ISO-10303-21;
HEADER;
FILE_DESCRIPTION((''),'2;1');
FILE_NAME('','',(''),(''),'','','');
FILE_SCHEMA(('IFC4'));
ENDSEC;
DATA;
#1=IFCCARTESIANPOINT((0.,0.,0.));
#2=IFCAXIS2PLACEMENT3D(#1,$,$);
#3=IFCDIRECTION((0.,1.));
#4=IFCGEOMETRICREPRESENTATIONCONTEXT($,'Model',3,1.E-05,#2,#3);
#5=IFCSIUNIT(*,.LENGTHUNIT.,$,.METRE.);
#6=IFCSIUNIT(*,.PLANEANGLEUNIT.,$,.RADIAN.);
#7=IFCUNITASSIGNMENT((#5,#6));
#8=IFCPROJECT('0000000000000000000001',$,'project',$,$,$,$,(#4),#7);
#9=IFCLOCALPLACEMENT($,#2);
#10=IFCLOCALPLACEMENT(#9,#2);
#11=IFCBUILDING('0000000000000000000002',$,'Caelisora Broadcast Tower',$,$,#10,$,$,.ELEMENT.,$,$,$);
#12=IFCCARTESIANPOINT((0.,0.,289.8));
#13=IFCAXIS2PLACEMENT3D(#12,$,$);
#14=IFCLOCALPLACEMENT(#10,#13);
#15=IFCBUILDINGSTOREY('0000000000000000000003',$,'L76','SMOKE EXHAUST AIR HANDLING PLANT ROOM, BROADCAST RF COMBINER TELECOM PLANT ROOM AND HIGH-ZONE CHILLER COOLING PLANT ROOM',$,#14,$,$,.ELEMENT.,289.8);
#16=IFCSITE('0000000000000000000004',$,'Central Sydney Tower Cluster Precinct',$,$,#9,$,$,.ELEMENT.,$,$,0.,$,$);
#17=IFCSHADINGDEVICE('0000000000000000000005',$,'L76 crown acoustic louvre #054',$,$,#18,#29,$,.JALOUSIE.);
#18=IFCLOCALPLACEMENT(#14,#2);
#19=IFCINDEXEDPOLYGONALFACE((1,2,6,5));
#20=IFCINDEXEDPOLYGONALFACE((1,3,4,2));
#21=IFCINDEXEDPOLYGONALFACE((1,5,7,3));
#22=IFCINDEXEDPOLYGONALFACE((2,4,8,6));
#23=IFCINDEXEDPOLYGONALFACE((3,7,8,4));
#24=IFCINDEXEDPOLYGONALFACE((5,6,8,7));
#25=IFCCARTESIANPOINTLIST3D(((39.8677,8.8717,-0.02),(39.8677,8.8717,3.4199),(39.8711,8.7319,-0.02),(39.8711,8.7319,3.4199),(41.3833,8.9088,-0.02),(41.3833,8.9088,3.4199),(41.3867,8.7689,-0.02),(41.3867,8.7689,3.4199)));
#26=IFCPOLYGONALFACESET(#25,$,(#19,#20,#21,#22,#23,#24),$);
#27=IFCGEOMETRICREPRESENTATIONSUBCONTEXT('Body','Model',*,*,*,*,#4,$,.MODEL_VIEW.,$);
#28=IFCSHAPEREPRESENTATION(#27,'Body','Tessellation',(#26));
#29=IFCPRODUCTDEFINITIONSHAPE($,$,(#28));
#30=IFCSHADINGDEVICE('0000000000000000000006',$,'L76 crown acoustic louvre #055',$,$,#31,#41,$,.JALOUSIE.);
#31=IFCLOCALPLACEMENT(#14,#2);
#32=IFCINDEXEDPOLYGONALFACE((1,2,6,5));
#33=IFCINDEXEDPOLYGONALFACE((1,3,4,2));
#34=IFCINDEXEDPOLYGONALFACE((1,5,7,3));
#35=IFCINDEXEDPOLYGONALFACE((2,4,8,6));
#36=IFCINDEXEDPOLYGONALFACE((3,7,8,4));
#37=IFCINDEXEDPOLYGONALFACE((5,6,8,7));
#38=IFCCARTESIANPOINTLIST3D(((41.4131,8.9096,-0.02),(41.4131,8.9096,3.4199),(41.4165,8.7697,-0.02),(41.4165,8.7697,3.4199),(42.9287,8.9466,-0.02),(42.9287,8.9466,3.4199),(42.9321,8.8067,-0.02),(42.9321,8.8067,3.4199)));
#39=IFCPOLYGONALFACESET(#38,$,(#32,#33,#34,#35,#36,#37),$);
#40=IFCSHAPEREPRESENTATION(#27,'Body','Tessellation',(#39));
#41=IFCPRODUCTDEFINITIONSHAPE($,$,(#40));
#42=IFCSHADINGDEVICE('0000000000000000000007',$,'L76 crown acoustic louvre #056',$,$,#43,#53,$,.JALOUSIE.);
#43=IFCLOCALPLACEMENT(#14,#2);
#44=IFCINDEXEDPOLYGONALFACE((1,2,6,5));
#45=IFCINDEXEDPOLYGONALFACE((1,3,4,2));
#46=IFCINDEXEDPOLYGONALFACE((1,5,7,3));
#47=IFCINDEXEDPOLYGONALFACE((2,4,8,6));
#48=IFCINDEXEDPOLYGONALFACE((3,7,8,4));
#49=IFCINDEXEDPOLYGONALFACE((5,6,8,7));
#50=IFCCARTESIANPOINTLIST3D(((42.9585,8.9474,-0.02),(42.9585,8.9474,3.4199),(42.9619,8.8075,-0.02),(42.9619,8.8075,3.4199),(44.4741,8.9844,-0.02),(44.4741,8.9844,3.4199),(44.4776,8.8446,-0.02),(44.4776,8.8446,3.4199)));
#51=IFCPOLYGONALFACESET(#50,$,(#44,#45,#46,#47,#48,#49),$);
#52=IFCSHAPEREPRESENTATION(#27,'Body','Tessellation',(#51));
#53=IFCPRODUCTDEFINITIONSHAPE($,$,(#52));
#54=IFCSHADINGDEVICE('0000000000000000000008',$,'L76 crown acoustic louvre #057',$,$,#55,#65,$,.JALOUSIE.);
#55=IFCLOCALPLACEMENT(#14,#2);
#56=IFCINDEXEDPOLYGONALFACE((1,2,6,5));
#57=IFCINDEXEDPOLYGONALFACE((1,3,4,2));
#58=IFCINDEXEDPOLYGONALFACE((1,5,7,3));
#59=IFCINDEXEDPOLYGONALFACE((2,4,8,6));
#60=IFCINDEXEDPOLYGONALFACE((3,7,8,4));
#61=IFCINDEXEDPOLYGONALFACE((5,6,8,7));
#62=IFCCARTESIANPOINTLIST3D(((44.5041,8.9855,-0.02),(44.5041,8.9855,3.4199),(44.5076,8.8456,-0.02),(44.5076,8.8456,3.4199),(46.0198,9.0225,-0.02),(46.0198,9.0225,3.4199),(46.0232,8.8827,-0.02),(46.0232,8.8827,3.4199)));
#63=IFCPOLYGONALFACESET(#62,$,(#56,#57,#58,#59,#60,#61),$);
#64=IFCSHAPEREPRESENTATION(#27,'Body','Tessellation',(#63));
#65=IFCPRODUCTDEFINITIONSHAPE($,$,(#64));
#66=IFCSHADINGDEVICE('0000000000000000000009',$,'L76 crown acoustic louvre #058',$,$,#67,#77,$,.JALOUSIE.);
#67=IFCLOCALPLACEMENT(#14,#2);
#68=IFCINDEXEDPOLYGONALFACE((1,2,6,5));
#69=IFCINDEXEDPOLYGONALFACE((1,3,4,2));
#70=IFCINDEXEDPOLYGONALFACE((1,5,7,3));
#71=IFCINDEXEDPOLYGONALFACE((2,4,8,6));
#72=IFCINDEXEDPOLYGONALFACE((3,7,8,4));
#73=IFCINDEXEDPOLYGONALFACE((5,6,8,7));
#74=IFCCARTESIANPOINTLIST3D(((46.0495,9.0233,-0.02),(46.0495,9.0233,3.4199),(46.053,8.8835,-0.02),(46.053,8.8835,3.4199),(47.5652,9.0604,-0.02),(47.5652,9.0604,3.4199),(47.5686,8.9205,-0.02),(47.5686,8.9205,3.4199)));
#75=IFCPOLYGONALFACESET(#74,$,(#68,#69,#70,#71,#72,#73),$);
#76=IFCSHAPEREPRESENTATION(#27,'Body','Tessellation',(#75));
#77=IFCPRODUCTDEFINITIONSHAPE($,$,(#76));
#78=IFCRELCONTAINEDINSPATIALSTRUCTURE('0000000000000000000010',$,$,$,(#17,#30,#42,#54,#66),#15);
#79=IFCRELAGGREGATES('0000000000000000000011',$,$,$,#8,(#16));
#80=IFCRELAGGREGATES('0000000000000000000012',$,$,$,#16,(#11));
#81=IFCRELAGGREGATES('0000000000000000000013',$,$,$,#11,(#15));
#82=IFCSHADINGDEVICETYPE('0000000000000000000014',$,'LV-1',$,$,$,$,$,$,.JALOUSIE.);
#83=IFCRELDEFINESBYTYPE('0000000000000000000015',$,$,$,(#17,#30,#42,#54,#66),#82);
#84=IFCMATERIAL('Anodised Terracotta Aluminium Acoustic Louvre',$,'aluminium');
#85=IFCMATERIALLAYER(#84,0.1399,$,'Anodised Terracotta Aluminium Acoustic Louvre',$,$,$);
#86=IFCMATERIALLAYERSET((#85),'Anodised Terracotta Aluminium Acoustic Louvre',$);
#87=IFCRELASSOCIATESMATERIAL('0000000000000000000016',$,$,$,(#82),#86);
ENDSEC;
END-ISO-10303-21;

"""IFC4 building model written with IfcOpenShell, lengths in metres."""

from ifc_helpers import new_model, si_unit, direction, frame, origin, origin_2d, place, context, subcontext, project, spatial, rectangle, extrude, source, transform, mapped, material, layer, layer_set, type_object, type_shapes, element, save


model = new_model("IFC4")

# Units and contexts
model_context = context("Model", 3, precision=1e-05, world=origin(), true_north=direction((0.0, 1.0)))
body_context = subcontext(model_context, "Body", "Model", "MODEL_VIEW")
ifc_project = project(units=[si_unit("LENGTHUNIT", "METRE"), si_unit("PLANEANGLEUNIT", "RADIAN")], contexts=[model_context])

# Site, building, storey
site_placement = place(None, origin())
site = spatial("IfcSite", under=ifc_project, at=site_placement, Name="Central Sydney Tower Cluster Precinct", CompositionType="ELEMENT", RefElevation=0.0)
building_placement = place(site_placement, origin())
building = spatial("IfcBuilding", under=site, at=building_placement, Name="Caelisora Broadcast Tower", CompositionType="ELEMENT")
storey_placement = place(building_placement, frame((0.0, 0.0, 289.8)))
storey = spatial("IfcBuildingStorey", under=building, at=storey_placement, Name="L76", Description="SMOKE EXHAUST AIR HANDLING PLANT ROOM, BROADCAST RF COMBINER TELECOM PLANT ROOM AND HIGH-ZONE CHILLER COOLING PLANT ROOM", CompositionType="ELEMENT", Elevation=289.8)

# Shading devices
ifc_material_1 = material(Name="Anodised Terracotta Aluminium Acoustic Louvre", Category="aluminium")
ifc_layer_1 = layer(ifc_material_1, 0.1399, Name="Anodised Terracotta Aluminium Acoustic Louvre")
ifc_layer_set_1 = layer_set([ifc_layer_1], Name="Anodised Terracotta Aluminium Acoustic Louvre")
shading_device_type = type_object("IfcShadingDeviceType", Name="LV-1", PredefinedType="JALOUSIE", material=ifc_layer_set_1)
shared_shape_1 = source(origin(), body_context, "Body", "SweptSolid", [
    extrude(rectangle(XDim=1.5161, YDim=0.1399, at=origin_2d()), origin(), (0.0, 0.0, 1.0), 3.4399),
])
type_shapes(shading_device_type, [shared_shape_1])
for number, where, z_axis, x_axis, name in (
    (1, (40.6272, 8.8203, -0.02), (0.0, 0.0, 1.0), (0.999701, 0.024432, 0.0), "L76 crown acoustic louvre #054"),
    (2, (42.1726, 8.8582, -0.02), (0.0, 0.0, 1.0), (0.999701, 0.024432, 0.0), "L76 crown acoustic louvre #055"),
    (3, (43.718, 8.896, -0.02), (0.0, 0.0, 1.0), (0.999701, 0.024432, 0.0), "L76 crown acoustic louvre #056"),
    (4, (45.2637, 8.9341, -0.02), (0.0, 0.0, 1.0), (0.999701, 0.024432, 0.0), "L76 crown acoustic louvre #057"),
    (5, (46.8091, 8.9719, -0.02), (0.0, 0.0, 1.0), (0.999701, 0.024432, 0.0), "L76 crown acoustic louvre #058"),
):
    element("IfcShadingDevice", number, at=place(storey_placement, frame(where, z_axis=z_axis, x_axis=x_axis)), inside=storey, type_object=shading_device_type, Name=name, PredefinedType="JALOUSIE", context=body_context, shape_type="MappedRepresentation", body=[
        mapped(shared_shape_1, transform((0.0, 0.0, 0.0), scale=1.0)),
    ])

save(model, "model.ifc")
